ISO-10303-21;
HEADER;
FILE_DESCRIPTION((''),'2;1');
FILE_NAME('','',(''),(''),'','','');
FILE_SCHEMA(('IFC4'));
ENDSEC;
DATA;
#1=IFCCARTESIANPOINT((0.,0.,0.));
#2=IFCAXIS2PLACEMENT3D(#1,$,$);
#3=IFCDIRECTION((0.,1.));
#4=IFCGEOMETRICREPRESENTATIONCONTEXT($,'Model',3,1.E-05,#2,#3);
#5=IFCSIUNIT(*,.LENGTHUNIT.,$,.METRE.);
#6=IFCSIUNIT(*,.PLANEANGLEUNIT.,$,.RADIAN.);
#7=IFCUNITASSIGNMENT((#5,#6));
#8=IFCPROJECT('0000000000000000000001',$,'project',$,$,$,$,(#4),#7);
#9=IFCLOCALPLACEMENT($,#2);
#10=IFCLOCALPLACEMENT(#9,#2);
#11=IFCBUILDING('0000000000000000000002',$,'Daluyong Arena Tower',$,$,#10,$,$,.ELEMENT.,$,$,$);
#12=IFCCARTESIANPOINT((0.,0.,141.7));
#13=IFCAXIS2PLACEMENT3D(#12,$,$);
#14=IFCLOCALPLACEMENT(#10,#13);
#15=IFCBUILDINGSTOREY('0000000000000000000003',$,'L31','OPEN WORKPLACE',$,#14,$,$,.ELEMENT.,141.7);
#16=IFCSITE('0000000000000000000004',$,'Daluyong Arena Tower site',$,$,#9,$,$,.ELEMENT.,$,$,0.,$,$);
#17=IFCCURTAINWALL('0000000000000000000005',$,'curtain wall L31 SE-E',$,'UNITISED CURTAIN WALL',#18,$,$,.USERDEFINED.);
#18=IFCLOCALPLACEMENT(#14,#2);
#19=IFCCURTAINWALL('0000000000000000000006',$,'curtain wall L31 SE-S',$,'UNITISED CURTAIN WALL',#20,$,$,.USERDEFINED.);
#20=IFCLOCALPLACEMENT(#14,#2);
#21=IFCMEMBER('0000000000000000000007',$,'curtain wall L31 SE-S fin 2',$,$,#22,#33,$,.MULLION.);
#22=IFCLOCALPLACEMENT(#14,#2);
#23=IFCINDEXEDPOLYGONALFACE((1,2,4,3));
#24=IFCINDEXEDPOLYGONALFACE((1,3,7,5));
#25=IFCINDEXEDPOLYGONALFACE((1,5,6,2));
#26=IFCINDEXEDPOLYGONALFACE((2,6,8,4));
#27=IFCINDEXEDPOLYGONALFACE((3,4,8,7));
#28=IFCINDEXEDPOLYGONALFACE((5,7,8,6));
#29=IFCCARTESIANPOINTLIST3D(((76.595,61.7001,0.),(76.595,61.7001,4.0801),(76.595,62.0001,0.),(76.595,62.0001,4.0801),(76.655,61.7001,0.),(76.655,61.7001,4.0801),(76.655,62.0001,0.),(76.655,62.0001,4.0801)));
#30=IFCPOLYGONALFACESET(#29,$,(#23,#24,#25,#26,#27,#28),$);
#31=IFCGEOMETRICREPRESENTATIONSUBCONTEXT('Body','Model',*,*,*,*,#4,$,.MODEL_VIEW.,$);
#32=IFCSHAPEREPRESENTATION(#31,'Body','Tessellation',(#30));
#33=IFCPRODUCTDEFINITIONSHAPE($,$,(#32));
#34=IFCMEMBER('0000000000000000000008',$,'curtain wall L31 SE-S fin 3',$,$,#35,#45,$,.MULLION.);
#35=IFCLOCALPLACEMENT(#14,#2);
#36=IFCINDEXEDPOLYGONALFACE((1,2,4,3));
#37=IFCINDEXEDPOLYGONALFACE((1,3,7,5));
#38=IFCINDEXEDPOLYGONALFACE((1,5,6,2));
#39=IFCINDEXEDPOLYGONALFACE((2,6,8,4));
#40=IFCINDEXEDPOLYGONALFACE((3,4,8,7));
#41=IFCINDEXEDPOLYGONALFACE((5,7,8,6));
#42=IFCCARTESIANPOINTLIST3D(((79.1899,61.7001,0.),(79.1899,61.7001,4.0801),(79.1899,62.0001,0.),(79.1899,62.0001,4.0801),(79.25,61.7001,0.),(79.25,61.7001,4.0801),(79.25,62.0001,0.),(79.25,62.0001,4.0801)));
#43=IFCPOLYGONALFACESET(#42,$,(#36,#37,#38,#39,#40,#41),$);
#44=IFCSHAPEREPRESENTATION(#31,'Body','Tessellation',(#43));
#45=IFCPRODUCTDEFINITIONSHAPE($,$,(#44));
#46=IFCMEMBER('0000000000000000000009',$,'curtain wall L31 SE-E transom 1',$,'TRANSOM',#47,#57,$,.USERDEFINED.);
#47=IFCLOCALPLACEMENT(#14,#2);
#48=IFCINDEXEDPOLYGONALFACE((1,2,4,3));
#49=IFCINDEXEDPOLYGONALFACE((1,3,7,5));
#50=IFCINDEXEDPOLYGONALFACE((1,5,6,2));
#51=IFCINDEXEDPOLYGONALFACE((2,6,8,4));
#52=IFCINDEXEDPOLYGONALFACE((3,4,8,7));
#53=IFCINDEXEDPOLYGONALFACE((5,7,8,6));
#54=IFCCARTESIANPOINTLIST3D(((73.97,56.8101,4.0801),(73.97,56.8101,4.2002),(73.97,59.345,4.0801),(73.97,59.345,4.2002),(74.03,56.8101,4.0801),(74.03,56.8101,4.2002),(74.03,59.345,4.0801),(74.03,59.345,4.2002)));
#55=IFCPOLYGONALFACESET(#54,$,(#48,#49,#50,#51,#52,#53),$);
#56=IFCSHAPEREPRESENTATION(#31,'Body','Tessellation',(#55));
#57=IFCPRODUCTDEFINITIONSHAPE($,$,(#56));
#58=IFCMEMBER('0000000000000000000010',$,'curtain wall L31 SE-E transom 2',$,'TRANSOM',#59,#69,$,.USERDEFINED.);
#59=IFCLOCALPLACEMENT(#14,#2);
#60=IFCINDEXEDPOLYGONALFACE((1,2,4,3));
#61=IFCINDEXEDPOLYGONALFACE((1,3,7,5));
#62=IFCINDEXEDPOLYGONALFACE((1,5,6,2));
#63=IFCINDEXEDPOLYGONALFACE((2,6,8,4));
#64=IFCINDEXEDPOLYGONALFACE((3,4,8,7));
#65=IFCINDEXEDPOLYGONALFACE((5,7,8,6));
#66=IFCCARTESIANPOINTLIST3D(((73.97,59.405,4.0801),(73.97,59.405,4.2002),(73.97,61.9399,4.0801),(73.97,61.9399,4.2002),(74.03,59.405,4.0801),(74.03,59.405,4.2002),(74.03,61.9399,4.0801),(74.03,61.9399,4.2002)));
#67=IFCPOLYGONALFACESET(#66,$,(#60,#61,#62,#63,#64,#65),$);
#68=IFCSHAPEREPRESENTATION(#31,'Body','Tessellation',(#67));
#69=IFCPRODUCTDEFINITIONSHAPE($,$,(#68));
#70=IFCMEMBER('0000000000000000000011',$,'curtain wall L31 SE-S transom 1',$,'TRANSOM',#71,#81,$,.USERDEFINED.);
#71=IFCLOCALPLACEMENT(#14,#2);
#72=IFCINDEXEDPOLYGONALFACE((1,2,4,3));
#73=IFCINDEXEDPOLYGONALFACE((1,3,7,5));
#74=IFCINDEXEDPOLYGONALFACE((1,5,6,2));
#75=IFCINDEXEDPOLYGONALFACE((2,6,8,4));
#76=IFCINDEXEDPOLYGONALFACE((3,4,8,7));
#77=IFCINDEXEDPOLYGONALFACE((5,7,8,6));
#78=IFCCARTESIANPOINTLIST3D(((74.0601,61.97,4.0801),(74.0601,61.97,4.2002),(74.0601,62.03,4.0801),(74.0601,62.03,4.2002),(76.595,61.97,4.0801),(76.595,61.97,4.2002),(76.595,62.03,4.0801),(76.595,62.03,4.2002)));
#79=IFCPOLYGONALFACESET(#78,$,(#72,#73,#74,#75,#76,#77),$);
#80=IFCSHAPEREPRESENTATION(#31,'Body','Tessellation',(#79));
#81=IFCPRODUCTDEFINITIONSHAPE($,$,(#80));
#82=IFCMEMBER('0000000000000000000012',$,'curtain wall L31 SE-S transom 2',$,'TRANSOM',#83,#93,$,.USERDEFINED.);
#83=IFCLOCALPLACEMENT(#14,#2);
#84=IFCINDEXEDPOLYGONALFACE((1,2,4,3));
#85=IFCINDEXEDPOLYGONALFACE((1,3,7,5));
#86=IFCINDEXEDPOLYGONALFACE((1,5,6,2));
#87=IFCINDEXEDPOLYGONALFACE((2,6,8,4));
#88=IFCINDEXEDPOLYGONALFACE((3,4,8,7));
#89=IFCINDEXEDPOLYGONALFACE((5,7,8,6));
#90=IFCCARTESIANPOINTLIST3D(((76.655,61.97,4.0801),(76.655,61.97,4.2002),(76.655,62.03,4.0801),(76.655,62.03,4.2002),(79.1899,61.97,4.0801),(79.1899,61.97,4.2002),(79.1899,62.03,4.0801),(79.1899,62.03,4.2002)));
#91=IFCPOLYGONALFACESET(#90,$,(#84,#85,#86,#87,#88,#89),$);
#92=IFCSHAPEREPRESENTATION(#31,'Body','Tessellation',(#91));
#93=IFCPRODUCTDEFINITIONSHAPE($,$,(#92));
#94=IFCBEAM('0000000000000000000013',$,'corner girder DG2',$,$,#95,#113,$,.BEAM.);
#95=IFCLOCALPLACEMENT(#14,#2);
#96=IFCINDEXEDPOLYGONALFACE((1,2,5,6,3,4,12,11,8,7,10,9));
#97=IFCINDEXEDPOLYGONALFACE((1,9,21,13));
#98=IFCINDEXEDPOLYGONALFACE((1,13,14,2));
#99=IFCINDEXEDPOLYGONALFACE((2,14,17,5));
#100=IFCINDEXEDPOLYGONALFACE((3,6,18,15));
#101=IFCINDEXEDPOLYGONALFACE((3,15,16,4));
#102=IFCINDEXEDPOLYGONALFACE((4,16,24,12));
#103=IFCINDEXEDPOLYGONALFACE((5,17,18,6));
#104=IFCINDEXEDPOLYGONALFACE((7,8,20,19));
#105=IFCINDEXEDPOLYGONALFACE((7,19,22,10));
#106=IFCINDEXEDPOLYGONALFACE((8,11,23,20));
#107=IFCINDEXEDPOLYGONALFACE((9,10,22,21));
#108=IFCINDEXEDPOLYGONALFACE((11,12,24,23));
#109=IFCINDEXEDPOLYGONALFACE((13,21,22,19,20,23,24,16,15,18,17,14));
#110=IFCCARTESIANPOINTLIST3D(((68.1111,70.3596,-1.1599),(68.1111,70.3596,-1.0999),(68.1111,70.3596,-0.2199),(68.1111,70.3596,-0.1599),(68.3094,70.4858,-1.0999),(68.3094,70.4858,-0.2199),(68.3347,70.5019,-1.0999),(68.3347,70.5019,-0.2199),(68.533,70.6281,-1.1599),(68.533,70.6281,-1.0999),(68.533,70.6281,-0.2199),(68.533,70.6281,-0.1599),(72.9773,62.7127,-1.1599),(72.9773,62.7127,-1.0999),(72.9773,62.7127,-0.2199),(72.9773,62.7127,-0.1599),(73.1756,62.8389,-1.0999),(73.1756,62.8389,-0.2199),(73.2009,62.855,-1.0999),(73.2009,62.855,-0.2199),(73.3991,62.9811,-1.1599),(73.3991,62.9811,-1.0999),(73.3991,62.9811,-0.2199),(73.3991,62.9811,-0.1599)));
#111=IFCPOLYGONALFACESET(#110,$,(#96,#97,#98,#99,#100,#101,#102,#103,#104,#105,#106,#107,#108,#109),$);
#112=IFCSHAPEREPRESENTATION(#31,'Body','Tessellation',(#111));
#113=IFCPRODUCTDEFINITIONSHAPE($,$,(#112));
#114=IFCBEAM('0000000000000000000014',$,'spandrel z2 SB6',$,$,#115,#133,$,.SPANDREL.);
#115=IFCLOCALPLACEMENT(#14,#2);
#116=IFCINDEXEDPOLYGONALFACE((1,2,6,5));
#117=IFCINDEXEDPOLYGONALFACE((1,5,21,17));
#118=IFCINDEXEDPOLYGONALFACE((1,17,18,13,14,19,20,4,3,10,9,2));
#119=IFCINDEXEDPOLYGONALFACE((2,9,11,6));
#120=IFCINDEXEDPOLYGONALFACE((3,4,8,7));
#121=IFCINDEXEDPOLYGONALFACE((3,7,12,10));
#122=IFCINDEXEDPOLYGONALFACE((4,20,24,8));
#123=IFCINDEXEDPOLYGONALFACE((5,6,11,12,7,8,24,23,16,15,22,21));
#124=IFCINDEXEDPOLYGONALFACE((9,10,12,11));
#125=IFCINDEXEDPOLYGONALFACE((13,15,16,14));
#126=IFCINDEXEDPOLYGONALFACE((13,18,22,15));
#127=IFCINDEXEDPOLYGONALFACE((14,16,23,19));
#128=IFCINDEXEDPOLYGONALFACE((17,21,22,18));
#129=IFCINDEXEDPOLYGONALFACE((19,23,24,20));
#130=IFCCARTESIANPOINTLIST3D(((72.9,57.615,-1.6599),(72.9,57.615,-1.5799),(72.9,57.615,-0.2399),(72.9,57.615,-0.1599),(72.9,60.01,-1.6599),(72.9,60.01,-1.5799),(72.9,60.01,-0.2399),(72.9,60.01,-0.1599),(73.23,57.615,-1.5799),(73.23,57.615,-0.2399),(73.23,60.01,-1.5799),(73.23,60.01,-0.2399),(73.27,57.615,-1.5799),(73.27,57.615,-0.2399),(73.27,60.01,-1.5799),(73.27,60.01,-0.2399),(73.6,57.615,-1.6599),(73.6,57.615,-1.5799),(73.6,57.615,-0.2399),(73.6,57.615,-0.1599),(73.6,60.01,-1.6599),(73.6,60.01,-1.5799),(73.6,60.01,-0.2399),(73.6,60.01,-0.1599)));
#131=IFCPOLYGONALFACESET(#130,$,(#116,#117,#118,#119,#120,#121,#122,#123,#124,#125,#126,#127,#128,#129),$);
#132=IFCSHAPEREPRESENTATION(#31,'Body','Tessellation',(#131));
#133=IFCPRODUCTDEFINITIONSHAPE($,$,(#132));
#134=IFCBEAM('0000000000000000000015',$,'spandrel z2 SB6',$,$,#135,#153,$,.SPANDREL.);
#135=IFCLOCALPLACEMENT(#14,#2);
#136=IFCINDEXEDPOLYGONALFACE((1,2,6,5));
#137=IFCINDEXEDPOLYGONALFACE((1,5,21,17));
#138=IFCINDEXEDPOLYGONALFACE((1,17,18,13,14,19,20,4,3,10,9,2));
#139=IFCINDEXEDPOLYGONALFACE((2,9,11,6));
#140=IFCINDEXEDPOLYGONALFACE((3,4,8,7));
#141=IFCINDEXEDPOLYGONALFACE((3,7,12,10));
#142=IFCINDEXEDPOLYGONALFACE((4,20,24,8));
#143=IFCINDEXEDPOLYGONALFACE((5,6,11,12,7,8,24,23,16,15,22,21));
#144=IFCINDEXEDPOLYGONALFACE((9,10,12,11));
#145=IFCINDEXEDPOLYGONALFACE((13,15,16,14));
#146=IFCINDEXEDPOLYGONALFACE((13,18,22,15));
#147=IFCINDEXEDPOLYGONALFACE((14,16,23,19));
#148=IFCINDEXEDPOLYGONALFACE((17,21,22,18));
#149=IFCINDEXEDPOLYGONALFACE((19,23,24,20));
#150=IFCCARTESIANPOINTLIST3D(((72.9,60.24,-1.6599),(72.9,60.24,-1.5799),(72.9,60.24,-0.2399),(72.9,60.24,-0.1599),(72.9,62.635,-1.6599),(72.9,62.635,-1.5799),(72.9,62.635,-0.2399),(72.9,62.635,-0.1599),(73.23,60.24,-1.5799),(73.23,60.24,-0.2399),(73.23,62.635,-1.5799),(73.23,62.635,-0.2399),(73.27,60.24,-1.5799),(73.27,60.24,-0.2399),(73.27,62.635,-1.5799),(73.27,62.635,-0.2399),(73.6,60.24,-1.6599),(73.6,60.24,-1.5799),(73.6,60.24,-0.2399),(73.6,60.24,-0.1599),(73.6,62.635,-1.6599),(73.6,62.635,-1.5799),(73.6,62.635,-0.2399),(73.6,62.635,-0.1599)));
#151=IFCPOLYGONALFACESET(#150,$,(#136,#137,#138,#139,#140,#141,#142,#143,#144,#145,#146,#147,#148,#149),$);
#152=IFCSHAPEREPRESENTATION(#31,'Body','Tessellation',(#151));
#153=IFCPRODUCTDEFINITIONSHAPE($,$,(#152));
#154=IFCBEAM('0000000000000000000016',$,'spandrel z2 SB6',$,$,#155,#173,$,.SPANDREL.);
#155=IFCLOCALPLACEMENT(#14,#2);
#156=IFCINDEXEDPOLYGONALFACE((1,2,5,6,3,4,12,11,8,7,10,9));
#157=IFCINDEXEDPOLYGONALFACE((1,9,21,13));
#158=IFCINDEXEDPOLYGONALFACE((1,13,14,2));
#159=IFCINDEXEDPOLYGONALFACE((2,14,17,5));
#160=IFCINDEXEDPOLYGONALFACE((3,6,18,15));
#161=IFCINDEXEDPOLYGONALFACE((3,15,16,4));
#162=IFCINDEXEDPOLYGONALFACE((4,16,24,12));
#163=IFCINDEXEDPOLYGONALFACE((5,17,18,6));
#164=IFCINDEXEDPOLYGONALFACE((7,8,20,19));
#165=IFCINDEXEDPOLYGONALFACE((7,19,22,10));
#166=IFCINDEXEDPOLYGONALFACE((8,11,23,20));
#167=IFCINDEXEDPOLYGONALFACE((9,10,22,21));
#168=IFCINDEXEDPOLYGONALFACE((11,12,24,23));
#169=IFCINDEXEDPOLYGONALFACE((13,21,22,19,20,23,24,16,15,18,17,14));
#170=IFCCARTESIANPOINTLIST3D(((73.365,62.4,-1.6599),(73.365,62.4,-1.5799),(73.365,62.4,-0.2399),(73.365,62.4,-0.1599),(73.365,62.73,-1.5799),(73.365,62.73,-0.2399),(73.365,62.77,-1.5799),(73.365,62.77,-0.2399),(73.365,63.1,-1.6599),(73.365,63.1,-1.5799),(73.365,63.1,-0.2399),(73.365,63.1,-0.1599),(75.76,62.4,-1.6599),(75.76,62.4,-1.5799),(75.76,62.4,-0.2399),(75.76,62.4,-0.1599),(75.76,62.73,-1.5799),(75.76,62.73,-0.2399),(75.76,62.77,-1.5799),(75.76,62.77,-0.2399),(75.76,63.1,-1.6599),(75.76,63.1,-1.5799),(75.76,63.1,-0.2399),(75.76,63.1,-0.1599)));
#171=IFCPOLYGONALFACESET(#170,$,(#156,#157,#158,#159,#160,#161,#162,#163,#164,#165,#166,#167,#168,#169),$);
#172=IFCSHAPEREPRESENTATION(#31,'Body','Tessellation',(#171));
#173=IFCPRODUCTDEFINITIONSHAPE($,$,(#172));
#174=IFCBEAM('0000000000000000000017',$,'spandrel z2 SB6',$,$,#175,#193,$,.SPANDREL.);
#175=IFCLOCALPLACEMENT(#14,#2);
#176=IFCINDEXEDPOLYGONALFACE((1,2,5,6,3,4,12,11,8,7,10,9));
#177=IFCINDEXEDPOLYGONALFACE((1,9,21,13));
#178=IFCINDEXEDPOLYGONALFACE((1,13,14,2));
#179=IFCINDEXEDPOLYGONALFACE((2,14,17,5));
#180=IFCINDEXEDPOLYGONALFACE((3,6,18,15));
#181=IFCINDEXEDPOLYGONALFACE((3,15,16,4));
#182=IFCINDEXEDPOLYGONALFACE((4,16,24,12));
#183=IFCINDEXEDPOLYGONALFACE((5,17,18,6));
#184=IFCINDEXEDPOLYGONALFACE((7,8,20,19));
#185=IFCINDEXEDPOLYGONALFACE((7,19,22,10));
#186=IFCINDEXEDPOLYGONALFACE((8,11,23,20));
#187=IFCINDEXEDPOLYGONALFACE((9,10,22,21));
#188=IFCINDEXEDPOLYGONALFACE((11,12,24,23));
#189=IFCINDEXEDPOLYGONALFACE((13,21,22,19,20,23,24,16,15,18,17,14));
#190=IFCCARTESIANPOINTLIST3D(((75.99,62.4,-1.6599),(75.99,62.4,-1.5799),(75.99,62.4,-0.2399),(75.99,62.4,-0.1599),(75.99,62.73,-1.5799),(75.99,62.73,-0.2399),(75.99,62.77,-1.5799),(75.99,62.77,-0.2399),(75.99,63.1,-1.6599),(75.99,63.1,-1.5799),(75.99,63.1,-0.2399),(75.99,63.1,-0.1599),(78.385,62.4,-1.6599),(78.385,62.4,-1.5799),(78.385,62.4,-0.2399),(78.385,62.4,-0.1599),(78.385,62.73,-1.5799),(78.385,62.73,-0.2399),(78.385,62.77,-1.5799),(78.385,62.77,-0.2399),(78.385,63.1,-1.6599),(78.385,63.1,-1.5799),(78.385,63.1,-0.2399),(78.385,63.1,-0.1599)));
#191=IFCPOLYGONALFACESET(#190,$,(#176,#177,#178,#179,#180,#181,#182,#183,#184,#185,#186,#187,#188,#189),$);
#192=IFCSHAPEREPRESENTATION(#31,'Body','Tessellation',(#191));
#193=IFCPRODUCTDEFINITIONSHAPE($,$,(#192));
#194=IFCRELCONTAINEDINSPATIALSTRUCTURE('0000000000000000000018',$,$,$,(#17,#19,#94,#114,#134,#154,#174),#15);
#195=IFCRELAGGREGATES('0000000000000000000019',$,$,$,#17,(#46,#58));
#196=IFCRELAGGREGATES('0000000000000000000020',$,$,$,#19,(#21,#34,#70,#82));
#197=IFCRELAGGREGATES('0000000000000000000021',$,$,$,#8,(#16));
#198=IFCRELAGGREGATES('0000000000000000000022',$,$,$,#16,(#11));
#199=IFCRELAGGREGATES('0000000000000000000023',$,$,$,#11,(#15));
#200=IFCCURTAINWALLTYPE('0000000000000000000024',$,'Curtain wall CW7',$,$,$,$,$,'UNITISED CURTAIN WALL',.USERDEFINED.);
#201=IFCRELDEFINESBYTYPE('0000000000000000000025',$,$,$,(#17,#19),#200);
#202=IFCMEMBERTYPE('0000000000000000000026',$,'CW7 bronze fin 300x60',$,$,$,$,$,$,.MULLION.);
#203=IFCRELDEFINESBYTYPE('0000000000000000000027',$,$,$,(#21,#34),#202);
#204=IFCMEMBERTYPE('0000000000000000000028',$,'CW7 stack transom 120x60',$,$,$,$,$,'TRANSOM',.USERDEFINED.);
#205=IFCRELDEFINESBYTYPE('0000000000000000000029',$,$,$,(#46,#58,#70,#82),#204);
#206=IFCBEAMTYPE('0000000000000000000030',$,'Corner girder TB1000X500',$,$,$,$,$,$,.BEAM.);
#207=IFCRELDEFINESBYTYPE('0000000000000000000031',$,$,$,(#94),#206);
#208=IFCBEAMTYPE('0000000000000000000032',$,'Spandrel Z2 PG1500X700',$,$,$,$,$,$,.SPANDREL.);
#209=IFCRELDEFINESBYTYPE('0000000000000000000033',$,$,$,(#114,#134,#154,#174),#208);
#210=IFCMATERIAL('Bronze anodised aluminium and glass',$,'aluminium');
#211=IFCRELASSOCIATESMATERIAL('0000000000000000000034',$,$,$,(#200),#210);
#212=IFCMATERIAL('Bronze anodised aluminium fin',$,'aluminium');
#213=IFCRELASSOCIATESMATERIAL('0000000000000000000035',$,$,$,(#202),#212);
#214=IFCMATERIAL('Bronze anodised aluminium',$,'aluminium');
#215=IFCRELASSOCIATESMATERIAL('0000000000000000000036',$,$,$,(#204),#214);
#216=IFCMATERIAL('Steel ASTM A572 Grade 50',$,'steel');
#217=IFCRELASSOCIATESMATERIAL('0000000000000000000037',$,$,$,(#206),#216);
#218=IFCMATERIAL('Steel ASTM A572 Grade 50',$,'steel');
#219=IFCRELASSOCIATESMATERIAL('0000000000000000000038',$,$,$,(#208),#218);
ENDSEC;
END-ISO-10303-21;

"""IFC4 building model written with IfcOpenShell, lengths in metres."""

from ifc_helpers import new_model, si_unit, direction, frame, origin, origin_2d, place, context, subcontext, project, spatial, rectangle, i_section, extrude, material, material_profile, profile_set, type_object, element, aggregate, save


model = new_model("IFC4")

# Units and contexts
model_context = context("Model", 3, precision=1e-05, world=origin(), true_north=direction((0.0, 1.0)))
body_context = subcontext(model_context, "Body", "Model", "MODEL_VIEW")
ifc_project = project(units=[si_unit("LENGTHUNIT", "METRE"), si_unit("PLANEANGLEUNIT", "RADIAN")], contexts=[model_context])

# Site, building, storey
site_placement = place(None, origin())
site = spatial("IfcSite", under=ifc_project, at=site_placement, Name="Daluyong Arena Tower site", CompositionType="ELEMENT", RefElevation=0.0)
building_placement = place(site_placement, origin())
building = spatial("IfcBuilding", under=site, at=building_placement, Name="Daluyong Arena Tower", CompositionType="ELEMENT")
storey_placement = place(building_placement, frame((0.0, 0.0, 141.7)))
storey = spatial("IfcBuildingStorey", under=building, at=storey_placement, Name="L31", Description="OPEN WORKPLACE", CompositionType="ELEMENT", Elevation=141.7)

# Curtain walls, members
ifc_material_1 = material(Name="Bronze anodised aluminium and glass", Category="aluminium")
curtain_wall_type_1 = type_object("IfcCurtainWallType", Name="Curtain wall CW7", ElementType="UNITISED CURTAIN WALL", PredefinedType="USERDEFINED", material=ifc_material_1)
curtain_wall_1_placement = place(storey_placement, origin())
curtain_wall_1 = element("IfcCurtainWall", 1, at=curtain_wall_1_placement, inside=storey, type_object=curtain_wall_type_1, Name="curtain wall L31 SE-E", ObjectType="UNITISED CURTAIN WALL", PredefinedType="USERDEFINED")
ifc_material_2 = material(Name="Bronze anodised aluminium fin", Category="aluminium")
ifc_material_profile_1 = material_profile(ifc_material_2, rectangle(XDim=0.3, YDim=0.0601, at=origin_2d()))
ifc_profile_set_1 = profile_set([ifc_material_profile_1], Name="Bronze anodised aluminium fin")
member_type_1 = type_object("IfcMemberType", Name="CW7 bronze fin 300x60", PredefinedType="MULLION", material=ifc_profile_set_1)
curtain_wall_2_placement = place(storey_placement, origin())
curtain_wall_2 = element("IfcCurtainWall", 2, at=curtain_wall_2_placement, inside=storey, type_object=curtain_wall_type_1, Name="curtain wall L31 SE-S", ObjectType="UNITISED CURTAIN WALL", PredefinedType="USERDEFINED")
member_1_placement = place(storey_placement, frame((76.625, 61.8501, 0.0), z_axis=(0.0, 0.0, 1.0), x_axis=(0.0, 1.0, 0.0)))
member_1 = element("IfcMember", 3, at=member_1_placement, type_object=member_type_1, Name="curtain wall L31 SE-S fin 2", PredefinedType="MULLION", context=body_context, shape_type="SweptSolid", body=[
    extrude(rectangle(XDim=0.3, YDim=0.0601, at=origin_2d()), origin(), (0.0, 0.0, 1.0), 4.0801),
])
member_2_placement = place(storey_placement, frame((79.22, 61.8501, 0.0), z_axis=(0.0, 0.0, 1.0), x_axis=(0.0, 1.0, 0.0)))
member_2 = element("IfcMember", 4, at=member_2_placement, type_object=member_type_1, Name="curtain wall L31 SE-S fin 3", PredefinedType="MULLION", context=body_context, shape_type="SweptSolid", body=[
    extrude(rectangle(XDim=0.3, YDim=0.0601, at=origin_2d()), origin(), (0.0, 0.0, 1.0), 4.0801),
])

# Members
ifc_material_3 = material(Name="Bronze anodised aluminium", Category="aluminium")
ifc_material_profile_2 = material_profile(ifc_material_3, rectangle(XDim=0.0601, YDim=0.1201, at=origin_2d()))
ifc_profile_set_2 = profile_set([ifc_material_profile_2], Name="Bronze anodised aluminium")
member_type_2 = type_object("IfcMemberType", Name="CW7 stack transom 120x60", ElementType="TRANSOM", PredefinedType="USERDEFINED", material=ifc_profile_set_2)
member_3_placement = place(storey_placement, frame((74.0, 56.8101, 4.1401), z_axis=(0.0, 1.0, 0.0), x_axis=(-1.0, 0.0, 0.0)))
member_3 = element("IfcMember", 5, at=member_3_placement, type_object=member_type_2, Name="curtain wall L31 SE-E transom 1", ObjectType="TRANSOM", PredefinedType="USERDEFINED", context=body_context, shape_type="SweptSolid", body=[
    extrude(rectangle(XDim=0.0601, YDim=0.1201, at=origin_2d()), origin(), (0.0, 0.0, 1.0), 2.5349),
])
member_4_placement = place(storey_placement, frame((74.0, 59.405, 4.1401), z_axis=(0.0, 1.0, 0.0), x_axis=(-1.0, 0.0, 0.0)))
member_4 = element("IfcMember", 6, at=member_4_placement, type_object=member_type_2, Name="curtain wall L31 SE-E transom 2", ObjectType="TRANSOM", PredefinedType="USERDEFINED", context=body_context, shape_type="SweptSolid", body=[
    extrude(rectangle(XDim=0.0601, YDim=0.1201, at=origin_2d()), origin(), (0.0, 0.0, 1.0), 2.5349),
])
member_5_placement = place(storey_placement, frame((74.0601, 62.0, 4.1401), z_axis=(1.0, 0.0, 0.0), x_axis=(0.0, 1.0, 0.0)))
member_5 = element("IfcMember", 7, at=member_5_placement, type_object=member_type_2, Name="curtain wall L31 SE-S transom 1", ObjectType="TRANSOM", PredefinedType="USERDEFINED", context=body_context, shape_type="SweptSolid", body=[
    extrude(rectangle(XDim=0.0601, YDim=0.1201, at=origin_2d()), origin(), (0.0, 0.0, 1.0), 2.5349),
])
member_6_placement = place(storey_placement, frame((76.655, 62.0, 4.1401), z_axis=(1.0, 0.0, 0.0), x_axis=(0.0, 1.0, 0.0)))
member_6 = element("IfcMember", 8, at=member_6_placement, type_object=member_type_2, Name="curtain wall L31 SE-S transom 2", ObjectType="TRANSOM", PredefinedType="USERDEFINED", context=body_context, shape_type="SweptSolid", body=[
    extrude(rectangle(XDim=0.0601, YDim=0.1201, at=origin_2d()), origin(), (0.0, 0.0, 1.0), 2.5349),
])

# Beams
ifc_material_4 = material(Name="Steel ASTM A572 Grade 50", Category="steel")
ifc_material_profile_3 = material_profile(ifc_material_4, i_section(OverallWidth=0.5, OverallDepth=1.0, WebThickness=0.03, FlangeThickness=0.06, at=origin_2d()))
ifc_profile_set_3 = profile_set([ifc_material_profile_3], Name="Steel ASTM A572 Grade 50")
beam_type_1 = type_object("IfcBeamType", Name="Corner girder TB1000X500", PredefinedType="BEAM", material=ifc_profile_set_3)
beam_1_placement = place(storey_placement, frame((73.1882, 62.8469, -0.6599), z_axis=(-0.536872, 0.843664, 0.0), x_axis=(-0.843664, -0.536872, 0.0)))
element("IfcBeam", 9, at=beam_1_placement, inside=storey, type_object=beam_type_1, Name="corner girder DG2", PredefinedType="BEAM", context=body_context, shape_type="SweptSolid", body=[
    extrude(i_section(OverallWidth=0.5, OverallDepth=1.0, WebThickness=0.03, FlangeThickness=0.06, at=origin_2d()), origin(), (0.0, 0.0, 1.0), 9.064),
])
ifc_material_5 = material(Name="Steel ASTM A572 Grade 50", Category="steel")
ifc_material_profile_4 = material_profile(ifc_material_5, i_section(OverallWidth=0.7, OverallDepth=1.5, WebThickness=0.04, FlangeThickness=0.08, at=origin_2d()))
ifc_profile_set_4 = profile_set([ifc_material_profile_4], Name="Steel ASTM A572 Grade 50")
beam_type_2 = type_object("IfcBeamType", Name="Spandrel Z2 PG1500X700", PredefinedType="SPANDREL", material=ifc_profile_set_4)
for number, where, z_axis, x_axis, name in (
    (10, (73.25, 57.615, -0.9099), (0.0, 1.0, 0.0), (-1.0, 0.0, 0.0), "spandrel z2 SB6"),
    (11, (73.25, 60.24, -0.9099), (0.0, 1.0, 0.0), (-1.0, 0.0, 0.0), "spandrel z2 SB6"),
    (12, (73.365, 62.75, -0.9099), (1.0, 0.0, 0.0), (0.0, 1.0, 0.0), "spandrel z2 SB6"),
    (13, (75.99, 62.75, -0.9099), (1.0, 0.0, 0.0), (0.0, 1.0, 0.0), "spandrel z2 SB6"),
):
    element("IfcBeam", number, at=place(storey_placement, frame(where, z_axis=z_axis, x_axis=x_axis)), inside=storey, type_object=beam_type_2, Name=name, PredefinedType="SPANDREL", context=body_context, shape_type="SweptSolid", body=[
        extrude(i_section(OverallWidth=0.7, OverallDepth=1.5, WebThickness=0.04, FlangeThickness=0.08, at=origin_2d()), origin(), (0.0, 0.0, 1.0), 2.395),
    ])

aggregate(curtain_wall_1, [member_3, member_4])
aggregate(curtain_wall_2, [member_1, member_2, member_5, member_6])

save(model, "model.ifc")
